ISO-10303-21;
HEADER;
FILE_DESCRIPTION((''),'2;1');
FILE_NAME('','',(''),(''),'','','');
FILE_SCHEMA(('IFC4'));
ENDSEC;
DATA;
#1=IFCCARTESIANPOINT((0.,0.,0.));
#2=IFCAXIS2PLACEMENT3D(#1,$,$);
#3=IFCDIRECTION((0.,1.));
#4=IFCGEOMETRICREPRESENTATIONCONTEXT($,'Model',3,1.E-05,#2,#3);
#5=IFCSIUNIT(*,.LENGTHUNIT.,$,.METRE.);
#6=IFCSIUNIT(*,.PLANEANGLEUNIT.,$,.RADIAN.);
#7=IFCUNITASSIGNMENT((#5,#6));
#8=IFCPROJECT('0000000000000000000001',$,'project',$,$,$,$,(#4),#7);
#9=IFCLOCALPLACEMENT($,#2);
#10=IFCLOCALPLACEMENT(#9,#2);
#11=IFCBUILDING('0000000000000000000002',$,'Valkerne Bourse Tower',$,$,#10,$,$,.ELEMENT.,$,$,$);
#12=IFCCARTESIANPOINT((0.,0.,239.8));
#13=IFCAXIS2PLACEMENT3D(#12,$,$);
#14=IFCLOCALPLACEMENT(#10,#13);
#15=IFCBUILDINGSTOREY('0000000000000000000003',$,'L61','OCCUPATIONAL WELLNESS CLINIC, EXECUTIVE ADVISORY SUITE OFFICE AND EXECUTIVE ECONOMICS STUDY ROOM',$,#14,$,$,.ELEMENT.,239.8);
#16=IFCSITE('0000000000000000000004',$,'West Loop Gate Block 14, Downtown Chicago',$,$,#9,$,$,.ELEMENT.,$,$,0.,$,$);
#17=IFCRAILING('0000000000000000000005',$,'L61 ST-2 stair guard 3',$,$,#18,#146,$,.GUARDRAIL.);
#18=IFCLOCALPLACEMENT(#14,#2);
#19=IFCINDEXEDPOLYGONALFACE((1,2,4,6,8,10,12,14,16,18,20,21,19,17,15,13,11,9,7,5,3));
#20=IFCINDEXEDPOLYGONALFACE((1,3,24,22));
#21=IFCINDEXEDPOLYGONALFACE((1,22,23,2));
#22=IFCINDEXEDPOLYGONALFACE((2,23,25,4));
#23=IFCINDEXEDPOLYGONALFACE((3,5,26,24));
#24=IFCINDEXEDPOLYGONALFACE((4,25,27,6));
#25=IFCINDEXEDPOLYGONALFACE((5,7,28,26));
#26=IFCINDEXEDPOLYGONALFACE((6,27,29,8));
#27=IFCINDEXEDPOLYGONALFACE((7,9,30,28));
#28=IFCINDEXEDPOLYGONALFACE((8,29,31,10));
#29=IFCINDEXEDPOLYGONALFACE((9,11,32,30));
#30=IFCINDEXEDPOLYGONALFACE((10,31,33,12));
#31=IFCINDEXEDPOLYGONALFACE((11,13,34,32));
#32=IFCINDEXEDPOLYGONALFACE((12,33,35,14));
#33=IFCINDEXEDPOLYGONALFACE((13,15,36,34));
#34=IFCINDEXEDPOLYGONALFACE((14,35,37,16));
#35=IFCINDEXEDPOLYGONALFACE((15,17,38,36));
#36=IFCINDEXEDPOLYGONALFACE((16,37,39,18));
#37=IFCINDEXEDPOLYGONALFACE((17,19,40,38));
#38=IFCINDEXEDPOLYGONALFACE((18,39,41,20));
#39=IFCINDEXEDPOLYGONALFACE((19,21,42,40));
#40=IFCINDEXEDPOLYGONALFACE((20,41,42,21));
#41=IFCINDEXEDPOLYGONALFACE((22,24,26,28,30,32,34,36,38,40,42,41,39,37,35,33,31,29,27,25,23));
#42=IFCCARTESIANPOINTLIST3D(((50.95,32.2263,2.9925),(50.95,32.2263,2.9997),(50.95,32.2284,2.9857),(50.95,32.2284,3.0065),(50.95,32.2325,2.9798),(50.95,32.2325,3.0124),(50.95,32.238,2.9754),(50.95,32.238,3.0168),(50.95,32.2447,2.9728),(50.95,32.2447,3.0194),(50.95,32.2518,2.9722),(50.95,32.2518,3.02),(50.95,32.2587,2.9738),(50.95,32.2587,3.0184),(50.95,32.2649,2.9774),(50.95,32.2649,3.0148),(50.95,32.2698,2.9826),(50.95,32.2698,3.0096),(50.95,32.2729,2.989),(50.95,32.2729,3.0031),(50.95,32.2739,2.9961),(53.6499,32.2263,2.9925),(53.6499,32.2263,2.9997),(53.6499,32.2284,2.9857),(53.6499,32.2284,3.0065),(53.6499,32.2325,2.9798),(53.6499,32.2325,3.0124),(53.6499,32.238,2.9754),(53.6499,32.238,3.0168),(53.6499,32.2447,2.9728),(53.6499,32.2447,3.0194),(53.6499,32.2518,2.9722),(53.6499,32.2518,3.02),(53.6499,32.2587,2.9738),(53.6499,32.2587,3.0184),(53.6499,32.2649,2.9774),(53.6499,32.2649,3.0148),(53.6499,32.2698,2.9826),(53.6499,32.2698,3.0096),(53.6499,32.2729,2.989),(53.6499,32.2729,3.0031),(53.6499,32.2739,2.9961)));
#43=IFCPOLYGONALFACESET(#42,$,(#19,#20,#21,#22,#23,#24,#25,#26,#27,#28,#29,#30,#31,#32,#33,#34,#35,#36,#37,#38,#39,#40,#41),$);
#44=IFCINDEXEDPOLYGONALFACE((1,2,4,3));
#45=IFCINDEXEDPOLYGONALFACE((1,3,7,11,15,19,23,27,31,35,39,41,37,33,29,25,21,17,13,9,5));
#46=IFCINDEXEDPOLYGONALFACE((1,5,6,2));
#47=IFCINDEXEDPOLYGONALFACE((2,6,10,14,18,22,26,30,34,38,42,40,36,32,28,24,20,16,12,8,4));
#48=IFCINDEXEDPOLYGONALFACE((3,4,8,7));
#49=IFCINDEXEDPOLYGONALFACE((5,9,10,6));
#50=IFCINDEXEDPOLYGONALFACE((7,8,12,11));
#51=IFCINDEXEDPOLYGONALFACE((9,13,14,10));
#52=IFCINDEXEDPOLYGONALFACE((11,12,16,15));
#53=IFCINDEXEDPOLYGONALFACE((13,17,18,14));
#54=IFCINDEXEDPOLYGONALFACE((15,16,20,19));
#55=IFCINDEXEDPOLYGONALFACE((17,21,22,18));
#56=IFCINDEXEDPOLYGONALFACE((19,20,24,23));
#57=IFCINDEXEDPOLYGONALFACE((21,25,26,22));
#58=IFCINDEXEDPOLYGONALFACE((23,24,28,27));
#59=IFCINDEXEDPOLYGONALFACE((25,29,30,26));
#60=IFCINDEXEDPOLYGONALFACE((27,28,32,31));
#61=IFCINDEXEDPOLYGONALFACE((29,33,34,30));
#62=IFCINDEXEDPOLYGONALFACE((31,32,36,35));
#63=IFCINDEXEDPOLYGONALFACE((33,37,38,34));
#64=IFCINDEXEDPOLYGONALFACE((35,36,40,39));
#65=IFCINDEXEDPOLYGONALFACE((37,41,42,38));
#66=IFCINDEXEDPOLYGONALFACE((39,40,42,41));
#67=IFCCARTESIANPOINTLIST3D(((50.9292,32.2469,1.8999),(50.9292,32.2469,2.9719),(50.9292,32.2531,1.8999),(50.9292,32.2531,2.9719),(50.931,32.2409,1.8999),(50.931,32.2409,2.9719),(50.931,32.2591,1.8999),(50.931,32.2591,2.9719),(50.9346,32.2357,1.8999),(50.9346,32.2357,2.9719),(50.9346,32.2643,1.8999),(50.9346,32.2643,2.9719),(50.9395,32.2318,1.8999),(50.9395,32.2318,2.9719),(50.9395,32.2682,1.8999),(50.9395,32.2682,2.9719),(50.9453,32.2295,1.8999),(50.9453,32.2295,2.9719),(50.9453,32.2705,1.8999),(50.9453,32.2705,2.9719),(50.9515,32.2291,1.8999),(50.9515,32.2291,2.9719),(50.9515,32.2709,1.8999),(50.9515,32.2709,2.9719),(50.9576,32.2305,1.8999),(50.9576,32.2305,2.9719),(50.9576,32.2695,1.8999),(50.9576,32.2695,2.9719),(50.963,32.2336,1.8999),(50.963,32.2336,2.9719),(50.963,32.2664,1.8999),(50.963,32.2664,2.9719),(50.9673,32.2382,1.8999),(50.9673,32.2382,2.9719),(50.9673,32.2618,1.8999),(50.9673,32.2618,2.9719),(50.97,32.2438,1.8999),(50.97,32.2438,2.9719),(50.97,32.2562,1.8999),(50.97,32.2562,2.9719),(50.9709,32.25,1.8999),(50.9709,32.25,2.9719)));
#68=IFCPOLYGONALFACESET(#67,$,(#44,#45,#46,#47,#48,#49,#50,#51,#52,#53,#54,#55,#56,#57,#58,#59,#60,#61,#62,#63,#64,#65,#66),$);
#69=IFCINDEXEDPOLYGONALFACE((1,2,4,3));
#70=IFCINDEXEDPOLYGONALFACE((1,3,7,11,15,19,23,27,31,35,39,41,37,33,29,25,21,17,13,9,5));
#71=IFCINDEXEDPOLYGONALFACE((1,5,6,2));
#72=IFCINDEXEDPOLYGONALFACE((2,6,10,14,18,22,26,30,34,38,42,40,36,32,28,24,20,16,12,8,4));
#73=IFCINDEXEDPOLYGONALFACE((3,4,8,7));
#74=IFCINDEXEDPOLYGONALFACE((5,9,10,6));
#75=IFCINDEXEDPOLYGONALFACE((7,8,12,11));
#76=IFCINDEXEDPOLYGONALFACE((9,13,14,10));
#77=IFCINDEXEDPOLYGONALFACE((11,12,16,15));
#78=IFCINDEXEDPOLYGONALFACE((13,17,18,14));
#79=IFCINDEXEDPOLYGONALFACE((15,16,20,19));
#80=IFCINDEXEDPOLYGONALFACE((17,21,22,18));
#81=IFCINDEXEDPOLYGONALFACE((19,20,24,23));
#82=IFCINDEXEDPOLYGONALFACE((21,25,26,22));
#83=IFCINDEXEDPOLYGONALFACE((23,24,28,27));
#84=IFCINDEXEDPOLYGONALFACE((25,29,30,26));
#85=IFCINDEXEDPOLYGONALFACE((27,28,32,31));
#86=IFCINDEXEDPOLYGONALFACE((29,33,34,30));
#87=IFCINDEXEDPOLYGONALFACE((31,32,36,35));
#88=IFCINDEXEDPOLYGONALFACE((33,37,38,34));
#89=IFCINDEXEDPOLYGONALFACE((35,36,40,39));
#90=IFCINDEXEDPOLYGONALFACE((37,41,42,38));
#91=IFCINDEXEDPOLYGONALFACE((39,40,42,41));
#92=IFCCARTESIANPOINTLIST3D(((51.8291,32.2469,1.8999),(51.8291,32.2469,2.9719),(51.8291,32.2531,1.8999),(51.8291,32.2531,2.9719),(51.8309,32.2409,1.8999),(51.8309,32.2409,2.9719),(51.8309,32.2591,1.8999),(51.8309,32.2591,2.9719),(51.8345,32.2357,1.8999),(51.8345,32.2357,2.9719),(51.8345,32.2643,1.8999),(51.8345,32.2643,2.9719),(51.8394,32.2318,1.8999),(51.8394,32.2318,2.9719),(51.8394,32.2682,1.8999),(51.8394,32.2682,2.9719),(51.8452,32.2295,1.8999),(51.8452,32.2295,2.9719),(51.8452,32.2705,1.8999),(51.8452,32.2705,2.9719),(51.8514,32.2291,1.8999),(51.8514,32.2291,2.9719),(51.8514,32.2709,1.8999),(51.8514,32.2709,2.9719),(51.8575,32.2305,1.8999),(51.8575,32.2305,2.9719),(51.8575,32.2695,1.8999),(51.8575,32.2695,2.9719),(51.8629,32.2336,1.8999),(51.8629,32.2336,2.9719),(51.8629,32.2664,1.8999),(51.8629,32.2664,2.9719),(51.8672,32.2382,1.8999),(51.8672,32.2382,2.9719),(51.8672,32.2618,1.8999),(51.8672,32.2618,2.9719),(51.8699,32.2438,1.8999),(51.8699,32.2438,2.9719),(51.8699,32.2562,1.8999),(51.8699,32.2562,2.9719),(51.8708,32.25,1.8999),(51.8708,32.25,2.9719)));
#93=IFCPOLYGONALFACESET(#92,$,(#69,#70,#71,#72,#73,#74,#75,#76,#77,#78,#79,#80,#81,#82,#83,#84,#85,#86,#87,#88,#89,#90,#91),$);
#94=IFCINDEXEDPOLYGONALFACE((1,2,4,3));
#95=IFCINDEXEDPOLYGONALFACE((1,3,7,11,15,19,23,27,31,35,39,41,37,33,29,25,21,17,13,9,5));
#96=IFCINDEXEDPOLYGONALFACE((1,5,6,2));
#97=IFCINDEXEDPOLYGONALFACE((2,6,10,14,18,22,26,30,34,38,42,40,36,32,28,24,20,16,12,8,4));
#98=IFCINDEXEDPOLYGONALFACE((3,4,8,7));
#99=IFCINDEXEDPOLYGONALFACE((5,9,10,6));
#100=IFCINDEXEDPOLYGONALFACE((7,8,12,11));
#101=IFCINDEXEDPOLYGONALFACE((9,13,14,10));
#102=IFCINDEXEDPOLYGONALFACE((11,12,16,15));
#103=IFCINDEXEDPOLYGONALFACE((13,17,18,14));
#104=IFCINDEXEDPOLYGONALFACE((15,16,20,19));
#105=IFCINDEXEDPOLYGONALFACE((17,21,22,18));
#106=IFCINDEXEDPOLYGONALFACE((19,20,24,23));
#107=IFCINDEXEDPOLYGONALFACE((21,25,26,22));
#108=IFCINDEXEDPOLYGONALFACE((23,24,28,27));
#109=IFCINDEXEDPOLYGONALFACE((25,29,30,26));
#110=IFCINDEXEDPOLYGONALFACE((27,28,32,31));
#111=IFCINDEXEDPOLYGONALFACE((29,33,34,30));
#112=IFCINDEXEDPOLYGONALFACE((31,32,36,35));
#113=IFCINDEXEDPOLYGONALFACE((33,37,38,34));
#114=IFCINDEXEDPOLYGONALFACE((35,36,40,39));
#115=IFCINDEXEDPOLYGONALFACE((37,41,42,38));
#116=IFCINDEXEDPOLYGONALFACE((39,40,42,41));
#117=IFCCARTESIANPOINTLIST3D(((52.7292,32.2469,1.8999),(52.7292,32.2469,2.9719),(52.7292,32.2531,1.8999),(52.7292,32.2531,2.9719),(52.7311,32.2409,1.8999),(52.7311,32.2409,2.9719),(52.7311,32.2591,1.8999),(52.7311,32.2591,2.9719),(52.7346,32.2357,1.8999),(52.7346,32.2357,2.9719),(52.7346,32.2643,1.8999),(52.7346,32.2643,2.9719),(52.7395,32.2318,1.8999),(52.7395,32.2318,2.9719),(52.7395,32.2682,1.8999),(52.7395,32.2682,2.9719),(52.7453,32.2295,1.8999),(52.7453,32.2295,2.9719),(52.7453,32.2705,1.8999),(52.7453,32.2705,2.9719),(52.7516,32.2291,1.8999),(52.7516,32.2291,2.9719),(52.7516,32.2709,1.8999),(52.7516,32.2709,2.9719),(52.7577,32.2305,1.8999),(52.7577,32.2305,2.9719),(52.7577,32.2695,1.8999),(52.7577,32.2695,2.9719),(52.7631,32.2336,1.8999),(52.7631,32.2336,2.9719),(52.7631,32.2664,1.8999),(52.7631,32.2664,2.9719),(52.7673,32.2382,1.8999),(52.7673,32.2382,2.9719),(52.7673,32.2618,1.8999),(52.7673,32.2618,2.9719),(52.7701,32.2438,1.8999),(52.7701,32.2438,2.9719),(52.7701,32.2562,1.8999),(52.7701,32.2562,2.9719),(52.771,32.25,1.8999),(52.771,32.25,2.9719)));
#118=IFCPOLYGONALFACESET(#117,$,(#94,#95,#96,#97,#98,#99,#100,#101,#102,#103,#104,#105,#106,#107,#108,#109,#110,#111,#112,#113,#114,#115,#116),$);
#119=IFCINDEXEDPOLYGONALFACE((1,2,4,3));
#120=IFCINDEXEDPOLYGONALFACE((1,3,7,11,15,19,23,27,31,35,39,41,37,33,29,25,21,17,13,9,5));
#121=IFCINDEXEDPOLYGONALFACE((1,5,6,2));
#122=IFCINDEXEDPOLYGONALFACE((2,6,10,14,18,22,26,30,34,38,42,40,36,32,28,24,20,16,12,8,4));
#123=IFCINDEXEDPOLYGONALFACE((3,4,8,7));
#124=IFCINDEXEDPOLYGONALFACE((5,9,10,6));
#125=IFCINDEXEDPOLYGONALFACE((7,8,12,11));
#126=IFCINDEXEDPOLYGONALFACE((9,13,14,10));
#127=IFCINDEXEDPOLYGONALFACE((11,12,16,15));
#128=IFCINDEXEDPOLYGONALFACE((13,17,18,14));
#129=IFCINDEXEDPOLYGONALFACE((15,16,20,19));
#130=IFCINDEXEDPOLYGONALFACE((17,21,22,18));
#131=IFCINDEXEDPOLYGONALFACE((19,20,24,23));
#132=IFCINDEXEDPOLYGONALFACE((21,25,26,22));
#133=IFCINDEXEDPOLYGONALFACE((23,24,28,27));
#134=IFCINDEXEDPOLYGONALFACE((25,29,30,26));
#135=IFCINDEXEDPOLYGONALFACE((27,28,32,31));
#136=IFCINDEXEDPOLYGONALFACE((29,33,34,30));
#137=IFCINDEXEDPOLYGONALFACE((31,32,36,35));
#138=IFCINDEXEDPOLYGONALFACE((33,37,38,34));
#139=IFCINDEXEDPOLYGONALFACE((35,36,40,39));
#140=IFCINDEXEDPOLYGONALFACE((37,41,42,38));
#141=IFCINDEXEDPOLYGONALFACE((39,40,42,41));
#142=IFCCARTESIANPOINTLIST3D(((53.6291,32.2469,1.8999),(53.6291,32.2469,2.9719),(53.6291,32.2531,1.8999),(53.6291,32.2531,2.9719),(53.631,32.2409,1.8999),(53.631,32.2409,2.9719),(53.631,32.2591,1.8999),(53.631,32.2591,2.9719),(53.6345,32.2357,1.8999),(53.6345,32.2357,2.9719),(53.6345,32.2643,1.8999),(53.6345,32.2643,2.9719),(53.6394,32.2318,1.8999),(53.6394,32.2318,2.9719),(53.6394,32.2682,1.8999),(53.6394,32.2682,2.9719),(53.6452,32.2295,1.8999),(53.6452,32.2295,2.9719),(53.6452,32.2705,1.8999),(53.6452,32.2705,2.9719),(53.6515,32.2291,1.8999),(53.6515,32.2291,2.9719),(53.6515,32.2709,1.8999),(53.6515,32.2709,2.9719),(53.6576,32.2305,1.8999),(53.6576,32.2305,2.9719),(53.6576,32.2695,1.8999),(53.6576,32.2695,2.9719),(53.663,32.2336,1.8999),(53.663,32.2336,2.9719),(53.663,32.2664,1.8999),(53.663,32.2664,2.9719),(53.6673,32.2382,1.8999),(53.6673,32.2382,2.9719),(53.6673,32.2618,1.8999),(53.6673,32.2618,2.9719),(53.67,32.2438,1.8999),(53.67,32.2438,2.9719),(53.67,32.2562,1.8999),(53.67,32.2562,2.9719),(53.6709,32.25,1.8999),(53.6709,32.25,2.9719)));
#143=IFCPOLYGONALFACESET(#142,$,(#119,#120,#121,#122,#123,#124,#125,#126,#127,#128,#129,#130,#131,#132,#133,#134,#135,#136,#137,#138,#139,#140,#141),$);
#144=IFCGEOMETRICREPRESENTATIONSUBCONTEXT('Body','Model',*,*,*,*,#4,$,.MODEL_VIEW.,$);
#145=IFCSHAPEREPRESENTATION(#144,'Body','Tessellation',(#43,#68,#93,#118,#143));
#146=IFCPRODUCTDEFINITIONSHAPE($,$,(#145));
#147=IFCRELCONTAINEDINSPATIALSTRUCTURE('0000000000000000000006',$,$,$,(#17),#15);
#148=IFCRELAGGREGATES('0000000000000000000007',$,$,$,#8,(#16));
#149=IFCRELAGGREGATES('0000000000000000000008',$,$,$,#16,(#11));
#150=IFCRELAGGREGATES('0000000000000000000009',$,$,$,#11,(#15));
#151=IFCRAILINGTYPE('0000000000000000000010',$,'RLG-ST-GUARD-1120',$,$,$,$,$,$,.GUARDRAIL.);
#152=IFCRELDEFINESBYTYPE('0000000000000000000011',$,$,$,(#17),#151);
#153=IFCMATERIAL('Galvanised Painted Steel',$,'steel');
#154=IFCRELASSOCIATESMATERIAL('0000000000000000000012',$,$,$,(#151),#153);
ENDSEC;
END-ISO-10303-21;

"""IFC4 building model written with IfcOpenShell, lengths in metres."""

from ifc_helpers import new_model, si_unit, direction, frame, origin, origin_2d, place, context, subcontext, project, spatial, circle, extrude, material, type_object, element, save


model = new_model("IFC4")

# Units and contexts
model_context = context("Model", 3, precision=1e-05, world=origin(), true_north=direction((0.0, 1.0)))
body_context = subcontext(model_context, "Body", "Model", "MODEL_VIEW")
ifc_project = project(units=[si_unit("LENGTHUNIT", "METRE"), si_unit("PLANEANGLEUNIT", "RADIAN")], contexts=[model_context])

# Site, building, storey
site_placement = place(None, origin())
site = spatial("IfcSite", under=ifc_project, at=site_placement, Name="West Loop Gate Block 14, Downtown Chicago", CompositionType="ELEMENT", RefElevation=0.0)
building_placement = place(site_placement, origin())
building = spatial("IfcBuilding", under=site, at=building_placement, Name="Valkerne Bourse Tower", CompositionType="ELEMENT")
storey_placement = place(building_placement, frame((0.0, 0.0, 239.8)))
storey = spatial("IfcBuildingStorey", under=building, at=storey_placement, Name="L61", Description="OCCUPATIONAL WELLNESS CLINIC, EXECUTIVE ADVISORY SUITE OFFICE AND EXECUTIVE ECONOMICS STUDY ROOM", CompositionType="ELEMENT", Elevation=239.8)

# Shared definitions
ifc_material_1 = material(Name="Galvanised Painted Steel", Category="steel")

# Railing
railing_type_1 = type_object("IfcRailingType", Name="RLG-ST-GUARD-1120", PredefinedType="GUARDRAIL", material=ifc_material_1)
for number, where, name in (
    (1, (50.95, 32.25, 1.8999), "L61 ST-2 stair guard 3"),
):
    element("IfcRailing", number, at=place(storey_placement, frame(where)), inside=storey, type_object=railing_type_1, Name=name, PredefinedType="GUARDRAIL", context=body_context, shape_type="SweptSolid", body=[
        extrude(circle(Radius=0.0239, at=origin_2d()), frame((0.0, 0.0, 1.0962), z_axis=(1.0, 0.0, 0.0), x_axis=(0.0, 1.0, 0.0)), (0.0, 0.0, 1.0), 2.7),
        extrude(circle(Radius=0.021, at=origin_2d()), origin(), (0.0, 0.0, 1.0), 1.072),
        extrude(circle(Radius=0.021, at=origin_2d()), frame((0.8999, 0.0, 0.0)), (0.0, 0.0, 1.0), 1.072),
        extrude(circle(Radius=0.021, at=origin_2d()), frame((1.8, 0.0, 0.0)), (0.0, 0.0, 1.0), 1.072),
        extrude(circle(Radius=0.021, at=origin_2d()), frame((2.7, 0.0, 0.0)), (0.0, 0.0, 1.0), 1.072),
    ])

save(model, "model.ifc")
